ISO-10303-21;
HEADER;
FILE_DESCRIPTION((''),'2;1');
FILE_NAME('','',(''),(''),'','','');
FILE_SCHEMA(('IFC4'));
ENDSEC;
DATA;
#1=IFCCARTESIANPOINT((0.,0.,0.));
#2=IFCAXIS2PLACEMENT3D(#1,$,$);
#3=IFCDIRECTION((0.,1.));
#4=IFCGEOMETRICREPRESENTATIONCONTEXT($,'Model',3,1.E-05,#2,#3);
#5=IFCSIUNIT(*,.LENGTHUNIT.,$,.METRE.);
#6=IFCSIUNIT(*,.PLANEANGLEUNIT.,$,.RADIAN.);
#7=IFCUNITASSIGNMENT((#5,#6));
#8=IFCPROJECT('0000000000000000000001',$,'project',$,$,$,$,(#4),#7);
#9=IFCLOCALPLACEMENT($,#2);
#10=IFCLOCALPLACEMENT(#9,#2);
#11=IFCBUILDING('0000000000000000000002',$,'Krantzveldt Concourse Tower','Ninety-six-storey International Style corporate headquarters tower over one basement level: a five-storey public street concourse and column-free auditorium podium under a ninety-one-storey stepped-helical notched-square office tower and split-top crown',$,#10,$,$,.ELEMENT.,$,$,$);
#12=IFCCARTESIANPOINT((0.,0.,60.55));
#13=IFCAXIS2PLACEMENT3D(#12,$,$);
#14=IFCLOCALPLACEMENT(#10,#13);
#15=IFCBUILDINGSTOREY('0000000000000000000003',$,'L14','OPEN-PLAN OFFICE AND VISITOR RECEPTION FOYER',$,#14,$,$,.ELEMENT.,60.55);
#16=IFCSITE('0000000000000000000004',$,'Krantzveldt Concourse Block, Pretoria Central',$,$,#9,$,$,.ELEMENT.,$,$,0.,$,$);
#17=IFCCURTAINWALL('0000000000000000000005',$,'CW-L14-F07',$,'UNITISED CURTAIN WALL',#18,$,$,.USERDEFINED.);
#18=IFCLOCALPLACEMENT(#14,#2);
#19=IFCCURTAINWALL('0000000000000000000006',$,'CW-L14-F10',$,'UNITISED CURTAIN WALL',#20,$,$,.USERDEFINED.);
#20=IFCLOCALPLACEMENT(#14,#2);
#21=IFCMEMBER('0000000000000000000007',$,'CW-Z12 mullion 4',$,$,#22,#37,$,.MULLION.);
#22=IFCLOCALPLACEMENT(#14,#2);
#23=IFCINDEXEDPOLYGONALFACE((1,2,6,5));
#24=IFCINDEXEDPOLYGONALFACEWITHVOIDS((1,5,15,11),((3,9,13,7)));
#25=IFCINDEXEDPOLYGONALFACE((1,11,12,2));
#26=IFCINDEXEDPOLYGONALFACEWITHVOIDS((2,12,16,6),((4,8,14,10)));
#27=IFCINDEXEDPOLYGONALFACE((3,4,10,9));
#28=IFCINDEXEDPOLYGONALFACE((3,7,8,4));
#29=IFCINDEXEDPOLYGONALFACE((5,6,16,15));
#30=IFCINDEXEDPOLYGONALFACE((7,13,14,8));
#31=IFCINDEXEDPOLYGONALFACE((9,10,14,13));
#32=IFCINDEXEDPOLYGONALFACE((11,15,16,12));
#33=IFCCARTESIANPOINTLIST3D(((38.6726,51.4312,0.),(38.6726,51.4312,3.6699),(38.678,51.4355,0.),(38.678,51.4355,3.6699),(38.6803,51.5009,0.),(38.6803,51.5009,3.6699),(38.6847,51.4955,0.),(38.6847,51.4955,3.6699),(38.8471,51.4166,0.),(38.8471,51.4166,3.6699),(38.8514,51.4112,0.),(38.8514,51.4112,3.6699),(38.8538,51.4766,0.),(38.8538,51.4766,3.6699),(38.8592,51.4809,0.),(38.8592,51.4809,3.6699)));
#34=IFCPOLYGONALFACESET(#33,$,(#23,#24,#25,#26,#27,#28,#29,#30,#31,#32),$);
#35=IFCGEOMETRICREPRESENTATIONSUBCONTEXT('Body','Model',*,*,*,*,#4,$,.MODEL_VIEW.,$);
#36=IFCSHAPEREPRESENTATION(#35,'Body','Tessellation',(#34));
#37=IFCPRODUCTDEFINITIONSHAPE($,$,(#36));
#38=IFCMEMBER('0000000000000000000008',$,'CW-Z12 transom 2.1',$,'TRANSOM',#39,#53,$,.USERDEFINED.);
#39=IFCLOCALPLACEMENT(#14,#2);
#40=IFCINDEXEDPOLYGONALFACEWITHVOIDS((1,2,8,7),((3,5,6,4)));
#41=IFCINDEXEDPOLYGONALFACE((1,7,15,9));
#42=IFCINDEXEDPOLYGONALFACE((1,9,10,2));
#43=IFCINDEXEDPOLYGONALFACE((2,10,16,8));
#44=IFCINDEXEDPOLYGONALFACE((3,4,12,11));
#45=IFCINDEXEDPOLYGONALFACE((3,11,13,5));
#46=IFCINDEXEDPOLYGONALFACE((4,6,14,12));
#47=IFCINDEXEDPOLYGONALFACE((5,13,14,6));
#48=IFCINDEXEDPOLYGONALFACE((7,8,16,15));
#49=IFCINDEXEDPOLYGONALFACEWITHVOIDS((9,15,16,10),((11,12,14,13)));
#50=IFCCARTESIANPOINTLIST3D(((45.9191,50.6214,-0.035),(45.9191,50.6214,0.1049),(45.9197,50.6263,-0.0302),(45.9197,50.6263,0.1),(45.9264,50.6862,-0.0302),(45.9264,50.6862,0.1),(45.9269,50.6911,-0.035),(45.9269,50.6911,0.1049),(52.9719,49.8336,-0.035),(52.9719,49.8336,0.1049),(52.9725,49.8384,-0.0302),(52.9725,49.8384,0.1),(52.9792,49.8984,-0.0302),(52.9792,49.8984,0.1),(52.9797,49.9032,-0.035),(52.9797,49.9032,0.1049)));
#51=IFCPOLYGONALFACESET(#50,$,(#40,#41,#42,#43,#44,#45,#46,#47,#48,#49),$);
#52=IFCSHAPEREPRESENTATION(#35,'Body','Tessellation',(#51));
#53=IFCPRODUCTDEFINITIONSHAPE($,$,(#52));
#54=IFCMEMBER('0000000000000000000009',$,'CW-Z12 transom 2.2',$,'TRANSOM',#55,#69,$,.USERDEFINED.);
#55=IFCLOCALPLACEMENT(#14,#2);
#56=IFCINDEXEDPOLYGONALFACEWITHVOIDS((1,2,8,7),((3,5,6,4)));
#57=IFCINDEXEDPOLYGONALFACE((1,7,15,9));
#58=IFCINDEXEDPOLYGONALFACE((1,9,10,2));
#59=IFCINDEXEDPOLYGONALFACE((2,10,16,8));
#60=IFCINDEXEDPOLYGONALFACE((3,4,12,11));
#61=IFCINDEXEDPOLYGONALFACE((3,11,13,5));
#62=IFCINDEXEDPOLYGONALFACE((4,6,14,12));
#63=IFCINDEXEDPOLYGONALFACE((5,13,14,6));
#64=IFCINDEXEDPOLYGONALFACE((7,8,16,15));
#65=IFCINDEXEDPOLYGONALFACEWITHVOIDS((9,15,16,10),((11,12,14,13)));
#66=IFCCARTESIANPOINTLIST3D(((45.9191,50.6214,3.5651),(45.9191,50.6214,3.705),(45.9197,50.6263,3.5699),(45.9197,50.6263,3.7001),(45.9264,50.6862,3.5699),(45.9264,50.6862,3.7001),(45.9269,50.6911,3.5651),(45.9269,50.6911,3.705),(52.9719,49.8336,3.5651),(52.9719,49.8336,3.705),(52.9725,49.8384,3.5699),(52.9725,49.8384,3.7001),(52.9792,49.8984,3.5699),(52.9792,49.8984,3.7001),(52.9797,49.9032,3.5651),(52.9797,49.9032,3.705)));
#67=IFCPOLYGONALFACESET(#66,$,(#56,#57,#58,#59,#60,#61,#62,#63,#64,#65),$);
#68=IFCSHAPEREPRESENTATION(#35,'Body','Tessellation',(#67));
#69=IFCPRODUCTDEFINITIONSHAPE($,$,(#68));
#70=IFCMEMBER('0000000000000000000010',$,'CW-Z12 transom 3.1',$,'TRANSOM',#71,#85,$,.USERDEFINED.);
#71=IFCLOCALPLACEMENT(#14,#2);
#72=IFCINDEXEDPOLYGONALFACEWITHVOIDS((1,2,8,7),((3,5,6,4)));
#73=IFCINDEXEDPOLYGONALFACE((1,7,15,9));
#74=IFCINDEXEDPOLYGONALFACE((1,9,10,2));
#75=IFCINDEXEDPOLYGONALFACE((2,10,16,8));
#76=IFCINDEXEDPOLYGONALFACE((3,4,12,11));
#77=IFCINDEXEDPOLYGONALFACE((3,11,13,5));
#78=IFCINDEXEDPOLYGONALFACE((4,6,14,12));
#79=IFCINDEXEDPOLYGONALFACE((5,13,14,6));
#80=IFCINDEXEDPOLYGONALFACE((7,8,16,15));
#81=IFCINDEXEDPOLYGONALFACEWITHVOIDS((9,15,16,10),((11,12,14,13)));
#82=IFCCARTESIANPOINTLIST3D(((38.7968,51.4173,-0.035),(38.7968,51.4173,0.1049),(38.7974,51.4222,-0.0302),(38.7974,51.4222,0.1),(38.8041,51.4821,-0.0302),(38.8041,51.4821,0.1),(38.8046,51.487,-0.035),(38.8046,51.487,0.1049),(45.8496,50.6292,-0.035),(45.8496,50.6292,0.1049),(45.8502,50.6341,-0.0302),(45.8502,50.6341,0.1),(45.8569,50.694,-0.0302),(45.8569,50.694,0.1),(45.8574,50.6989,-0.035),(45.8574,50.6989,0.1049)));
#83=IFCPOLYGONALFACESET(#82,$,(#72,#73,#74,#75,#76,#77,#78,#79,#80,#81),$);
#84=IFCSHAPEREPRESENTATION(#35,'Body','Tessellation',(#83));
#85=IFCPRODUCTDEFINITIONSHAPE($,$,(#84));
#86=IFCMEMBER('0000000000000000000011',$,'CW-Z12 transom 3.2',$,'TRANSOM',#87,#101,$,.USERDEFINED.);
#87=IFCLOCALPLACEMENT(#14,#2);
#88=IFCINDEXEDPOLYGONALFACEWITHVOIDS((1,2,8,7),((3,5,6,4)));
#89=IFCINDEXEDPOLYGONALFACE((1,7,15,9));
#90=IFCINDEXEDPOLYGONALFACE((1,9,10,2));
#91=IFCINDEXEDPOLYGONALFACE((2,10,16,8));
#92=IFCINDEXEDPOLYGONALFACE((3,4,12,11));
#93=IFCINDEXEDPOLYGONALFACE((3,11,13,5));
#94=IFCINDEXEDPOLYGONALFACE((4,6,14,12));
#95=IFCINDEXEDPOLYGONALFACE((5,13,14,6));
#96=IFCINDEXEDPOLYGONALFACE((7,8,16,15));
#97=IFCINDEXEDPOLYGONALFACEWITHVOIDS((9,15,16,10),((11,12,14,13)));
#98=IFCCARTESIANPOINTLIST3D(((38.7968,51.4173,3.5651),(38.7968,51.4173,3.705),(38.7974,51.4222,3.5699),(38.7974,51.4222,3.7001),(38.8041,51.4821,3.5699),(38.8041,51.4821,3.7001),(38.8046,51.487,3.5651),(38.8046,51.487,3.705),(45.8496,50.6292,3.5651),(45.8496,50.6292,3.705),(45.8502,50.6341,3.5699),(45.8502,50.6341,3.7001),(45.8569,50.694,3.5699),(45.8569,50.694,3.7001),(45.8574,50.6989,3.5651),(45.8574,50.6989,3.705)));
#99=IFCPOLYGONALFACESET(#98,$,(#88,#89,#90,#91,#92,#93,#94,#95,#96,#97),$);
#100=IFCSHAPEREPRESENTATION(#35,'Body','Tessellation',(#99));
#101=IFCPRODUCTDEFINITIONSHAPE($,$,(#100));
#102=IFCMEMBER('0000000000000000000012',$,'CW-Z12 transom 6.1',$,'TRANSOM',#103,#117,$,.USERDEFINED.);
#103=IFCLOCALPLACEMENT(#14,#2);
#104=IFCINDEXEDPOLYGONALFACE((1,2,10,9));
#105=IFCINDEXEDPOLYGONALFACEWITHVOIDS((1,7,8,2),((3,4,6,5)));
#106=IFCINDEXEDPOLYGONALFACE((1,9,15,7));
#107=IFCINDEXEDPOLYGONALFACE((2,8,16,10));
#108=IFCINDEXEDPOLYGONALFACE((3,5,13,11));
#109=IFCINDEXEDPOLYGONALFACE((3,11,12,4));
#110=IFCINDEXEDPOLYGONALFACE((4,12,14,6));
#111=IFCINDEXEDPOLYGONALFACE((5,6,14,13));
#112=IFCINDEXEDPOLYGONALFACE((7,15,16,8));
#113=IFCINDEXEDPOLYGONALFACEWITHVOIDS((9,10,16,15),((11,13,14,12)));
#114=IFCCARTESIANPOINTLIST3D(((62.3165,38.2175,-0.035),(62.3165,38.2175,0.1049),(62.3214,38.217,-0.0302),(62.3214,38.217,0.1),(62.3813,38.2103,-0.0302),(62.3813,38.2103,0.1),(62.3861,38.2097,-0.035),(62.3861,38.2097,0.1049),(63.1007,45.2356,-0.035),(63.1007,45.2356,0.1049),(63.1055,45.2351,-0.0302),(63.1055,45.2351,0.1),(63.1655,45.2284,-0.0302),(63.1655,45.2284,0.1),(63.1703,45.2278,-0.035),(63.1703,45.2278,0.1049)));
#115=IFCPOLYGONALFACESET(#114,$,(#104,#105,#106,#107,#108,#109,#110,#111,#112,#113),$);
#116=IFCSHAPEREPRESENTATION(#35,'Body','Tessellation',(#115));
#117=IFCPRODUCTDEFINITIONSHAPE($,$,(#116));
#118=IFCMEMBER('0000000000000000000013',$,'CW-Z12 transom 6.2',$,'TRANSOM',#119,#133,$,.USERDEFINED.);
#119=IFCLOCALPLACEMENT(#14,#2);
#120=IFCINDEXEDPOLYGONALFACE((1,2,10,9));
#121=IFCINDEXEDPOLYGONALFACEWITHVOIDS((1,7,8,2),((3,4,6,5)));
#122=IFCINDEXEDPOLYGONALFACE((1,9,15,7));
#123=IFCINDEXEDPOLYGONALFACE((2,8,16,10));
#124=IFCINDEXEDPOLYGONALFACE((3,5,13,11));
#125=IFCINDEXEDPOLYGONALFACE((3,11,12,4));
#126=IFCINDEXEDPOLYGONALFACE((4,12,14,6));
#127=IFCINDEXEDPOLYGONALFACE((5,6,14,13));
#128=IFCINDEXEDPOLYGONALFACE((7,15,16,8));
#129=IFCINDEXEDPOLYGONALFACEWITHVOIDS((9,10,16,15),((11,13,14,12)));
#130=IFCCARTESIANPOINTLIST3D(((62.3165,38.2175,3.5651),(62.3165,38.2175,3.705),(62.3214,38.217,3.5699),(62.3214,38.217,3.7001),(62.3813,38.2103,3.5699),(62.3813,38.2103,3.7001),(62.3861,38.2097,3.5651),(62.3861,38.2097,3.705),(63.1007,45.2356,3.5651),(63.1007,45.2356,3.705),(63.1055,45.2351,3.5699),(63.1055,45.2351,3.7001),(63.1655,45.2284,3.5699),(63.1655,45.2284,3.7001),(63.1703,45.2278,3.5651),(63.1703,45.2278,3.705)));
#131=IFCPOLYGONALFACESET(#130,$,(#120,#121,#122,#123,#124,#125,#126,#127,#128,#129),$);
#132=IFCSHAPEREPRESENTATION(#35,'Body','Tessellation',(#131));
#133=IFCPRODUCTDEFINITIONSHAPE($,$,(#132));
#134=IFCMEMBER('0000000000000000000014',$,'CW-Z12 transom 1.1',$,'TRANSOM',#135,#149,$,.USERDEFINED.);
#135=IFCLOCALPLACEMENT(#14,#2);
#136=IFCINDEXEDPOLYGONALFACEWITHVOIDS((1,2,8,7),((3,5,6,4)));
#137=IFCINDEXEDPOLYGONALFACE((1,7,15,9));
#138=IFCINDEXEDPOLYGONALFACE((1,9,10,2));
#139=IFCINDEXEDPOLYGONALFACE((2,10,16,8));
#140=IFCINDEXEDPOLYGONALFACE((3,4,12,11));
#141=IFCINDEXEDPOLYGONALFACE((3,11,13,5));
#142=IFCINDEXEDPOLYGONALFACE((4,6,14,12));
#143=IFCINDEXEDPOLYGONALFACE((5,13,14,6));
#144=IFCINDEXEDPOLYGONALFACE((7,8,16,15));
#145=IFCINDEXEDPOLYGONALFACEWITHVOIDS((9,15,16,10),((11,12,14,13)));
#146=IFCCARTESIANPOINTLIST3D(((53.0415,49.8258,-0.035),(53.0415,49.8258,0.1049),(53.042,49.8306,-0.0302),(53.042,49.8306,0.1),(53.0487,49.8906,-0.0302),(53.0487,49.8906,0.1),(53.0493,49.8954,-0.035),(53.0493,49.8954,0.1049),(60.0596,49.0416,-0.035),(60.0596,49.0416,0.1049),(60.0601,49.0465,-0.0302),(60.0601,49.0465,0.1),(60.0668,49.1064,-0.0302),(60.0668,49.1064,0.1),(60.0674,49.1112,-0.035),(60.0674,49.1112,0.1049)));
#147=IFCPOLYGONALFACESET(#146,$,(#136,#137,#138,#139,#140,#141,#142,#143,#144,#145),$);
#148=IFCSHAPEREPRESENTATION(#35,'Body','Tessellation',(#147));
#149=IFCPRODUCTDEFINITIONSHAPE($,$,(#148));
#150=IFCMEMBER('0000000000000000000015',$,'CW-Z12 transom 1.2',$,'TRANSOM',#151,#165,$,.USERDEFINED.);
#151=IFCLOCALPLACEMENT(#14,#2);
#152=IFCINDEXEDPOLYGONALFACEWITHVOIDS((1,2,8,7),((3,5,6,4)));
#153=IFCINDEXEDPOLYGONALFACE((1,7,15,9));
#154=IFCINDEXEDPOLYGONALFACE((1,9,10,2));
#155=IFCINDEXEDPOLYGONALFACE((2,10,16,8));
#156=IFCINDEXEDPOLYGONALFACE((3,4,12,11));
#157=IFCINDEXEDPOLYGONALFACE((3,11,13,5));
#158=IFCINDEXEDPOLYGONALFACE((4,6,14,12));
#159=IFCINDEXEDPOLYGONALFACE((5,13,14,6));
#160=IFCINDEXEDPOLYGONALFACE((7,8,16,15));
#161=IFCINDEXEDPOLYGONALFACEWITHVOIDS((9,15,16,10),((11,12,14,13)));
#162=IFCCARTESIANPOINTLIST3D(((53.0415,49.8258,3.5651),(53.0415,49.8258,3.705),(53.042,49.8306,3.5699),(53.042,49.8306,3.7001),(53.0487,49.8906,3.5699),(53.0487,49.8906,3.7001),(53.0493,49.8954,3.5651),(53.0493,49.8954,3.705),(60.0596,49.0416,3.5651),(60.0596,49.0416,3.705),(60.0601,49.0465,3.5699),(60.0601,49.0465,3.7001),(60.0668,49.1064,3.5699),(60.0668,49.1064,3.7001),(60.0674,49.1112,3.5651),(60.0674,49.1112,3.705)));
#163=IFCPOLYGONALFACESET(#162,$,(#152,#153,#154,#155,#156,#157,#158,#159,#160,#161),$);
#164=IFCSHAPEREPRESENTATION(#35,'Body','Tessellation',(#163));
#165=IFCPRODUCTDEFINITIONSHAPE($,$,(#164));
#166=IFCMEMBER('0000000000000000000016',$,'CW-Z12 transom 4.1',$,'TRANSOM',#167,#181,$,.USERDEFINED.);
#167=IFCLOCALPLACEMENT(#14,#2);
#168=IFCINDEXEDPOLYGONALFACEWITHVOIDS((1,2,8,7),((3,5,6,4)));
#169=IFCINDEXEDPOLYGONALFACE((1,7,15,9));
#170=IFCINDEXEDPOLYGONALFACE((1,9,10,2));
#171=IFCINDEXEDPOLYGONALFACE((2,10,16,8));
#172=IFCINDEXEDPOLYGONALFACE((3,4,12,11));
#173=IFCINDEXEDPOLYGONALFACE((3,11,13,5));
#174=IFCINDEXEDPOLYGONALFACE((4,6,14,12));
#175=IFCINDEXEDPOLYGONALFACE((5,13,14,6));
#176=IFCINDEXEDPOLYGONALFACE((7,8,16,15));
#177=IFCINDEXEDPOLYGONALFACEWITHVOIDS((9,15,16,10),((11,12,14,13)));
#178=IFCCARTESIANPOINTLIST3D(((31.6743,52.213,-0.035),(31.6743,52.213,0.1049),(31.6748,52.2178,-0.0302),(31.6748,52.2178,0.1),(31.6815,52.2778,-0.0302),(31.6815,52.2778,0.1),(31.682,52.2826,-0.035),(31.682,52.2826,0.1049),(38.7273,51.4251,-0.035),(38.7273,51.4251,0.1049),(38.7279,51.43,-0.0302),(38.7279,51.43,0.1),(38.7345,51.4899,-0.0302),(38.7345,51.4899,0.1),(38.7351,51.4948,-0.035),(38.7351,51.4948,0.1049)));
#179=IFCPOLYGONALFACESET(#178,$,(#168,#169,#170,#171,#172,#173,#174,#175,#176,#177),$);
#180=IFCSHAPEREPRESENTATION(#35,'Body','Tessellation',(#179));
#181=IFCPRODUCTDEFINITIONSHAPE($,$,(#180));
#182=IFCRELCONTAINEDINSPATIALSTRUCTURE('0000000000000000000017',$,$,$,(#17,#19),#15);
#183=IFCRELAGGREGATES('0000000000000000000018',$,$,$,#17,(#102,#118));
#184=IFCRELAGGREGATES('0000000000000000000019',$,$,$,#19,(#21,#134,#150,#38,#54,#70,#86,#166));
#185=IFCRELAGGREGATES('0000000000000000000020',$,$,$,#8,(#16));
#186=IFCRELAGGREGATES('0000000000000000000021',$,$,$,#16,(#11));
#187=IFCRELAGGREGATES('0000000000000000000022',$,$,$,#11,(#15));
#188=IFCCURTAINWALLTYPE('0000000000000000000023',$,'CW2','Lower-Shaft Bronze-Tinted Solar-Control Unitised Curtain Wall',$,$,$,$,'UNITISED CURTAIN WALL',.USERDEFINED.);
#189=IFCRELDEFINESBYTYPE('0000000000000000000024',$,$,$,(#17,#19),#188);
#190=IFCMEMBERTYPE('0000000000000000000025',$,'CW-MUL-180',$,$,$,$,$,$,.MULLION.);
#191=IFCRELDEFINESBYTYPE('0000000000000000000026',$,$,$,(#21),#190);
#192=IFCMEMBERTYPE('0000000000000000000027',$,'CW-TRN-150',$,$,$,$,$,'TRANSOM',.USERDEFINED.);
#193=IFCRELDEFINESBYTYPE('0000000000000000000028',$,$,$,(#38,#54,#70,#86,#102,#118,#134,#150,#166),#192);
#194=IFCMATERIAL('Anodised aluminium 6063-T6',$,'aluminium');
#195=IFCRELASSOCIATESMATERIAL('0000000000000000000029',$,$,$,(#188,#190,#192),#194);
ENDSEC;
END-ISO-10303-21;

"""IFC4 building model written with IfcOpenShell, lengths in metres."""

from ifc_helpers import new_model, si_unit, direction, frame, origin, origin_2d, place, context, subcontext, project, spatial, hollow_rectangle, extrude, source, transform, mapped, material, material_profile, profile_set, type_object, type_shapes, element, aggregate, save


model = new_model("IFC4")

# Units and contexts
model_context = context("Model", 3, precision=1e-05, world=origin(), true_north=direction((0.0, 1.0)))
body_context = subcontext(model_context, "Body", "Model", "MODEL_VIEW")
ifc_project = project(units=[si_unit("LENGTHUNIT", "METRE"), si_unit("PLANEANGLEUNIT", "RADIAN")], contexts=[model_context])

# Site, building, storey
site_placement = place(None, origin())
site = spatial("IfcSite", under=ifc_project, at=site_placement, Name="Krantzveldt Concourse Block, Pretoria Central", CompositionType="ELEMENT", RefElevation=0.0)
building_placement = place(site_placement, origin())
building = spatial("IfcBuilding", under=site, at=building_placement, Name="Krantzveldt Concourse Tower", Description="Ninety-six-storey International Style corporate headquarters tower over one basement level: a five-storey public street concourse and column-free auditorium podium under a ninety-one-storey stepped-helical notched-square office tower and split-top crown", CompositionType="ELEMENT")
storey_placement = place(building_placement, frame((0.0, 0.0, 60.55)))
storey = spatial("IfcBuildingStorey", under=building, at=storey_placement, Name="L14", Description="OPEN-PLAN OFFICE AND VISITOR RECEPTION FOYER", CompositionType="ELEMENT", Elevation=60.55)

# Curtain walls, members
ifc_material_1 = material(Name="Anodised aluminium 6063-T6", Category="aluminium")
curtain_wall_type = type_object("IfcCurtainWallType", Name="CW2", Description="Lower-Shaft Bronze-Tinted Solar-Control Unitised Curtain Wall", ElementType="UNITISED CURTAIN WALL", PredefinedType="USERDEFINED", material=ifc_material_1)
curtain_wall_1_placement = place(storey_placement, origin())
curtain_wall_1 = element("IfcCurtainWall", 1, at=curtain_wall_1_placement, inside=storey, type_object=curtain_wall_type, Name="CW-L14-F07", ObjectType="UNITISED CURTAIN WALL", PredefinedType="USERDEFINED")
ifc_material_profile_1 = material_profile(ifc_material_1, hollow_rectangle(XDim=0.0701, YDim=0.1799, WallThickness=0.0049, at=origin_2d()), Name="Anodised aluminium 6063-T6", Category="aluminium")
ifc_profile_set_1 = profile_set([ifc_material_profile_1], Name="Anodised aluminium 6063-T6 - ALU-MULL 180x70x5")
member_type_1 = type_object("IfcMemberType", Name="CW-MUL-180", PredefinedType="MULLION", material=ifc_profile_set_1)
shared_shape_1 = source(origin(), body_context, "Body", "SweptSolid", [
    extrude(hollow_rectangle(XDim=0.0701, YDim=0.1799, WallThickness=0.0049, at=origin_2d()), origin(), (0.0, 0.0, 1.0), 3.6699),
])
type_shapes(member_type_1, [shared_shape_1])
curtain_wall_2_placement = place(storey_placement, origin())
curtain_wall_2 = element("IfcCurtainWall", 2, at=curtain_wall_2_placement, inside=storey, type_object=curtain_wall_type, Name="CW-L14-F10", ObjectType="UNITISED CURTAIN WALL", PredefinedType="USERDEFINED")
member_1_placement = place(storey_placement, frame((38.7659, 51.4561, 0.0), z_axis=(0.0, 0.0, 1.0), x_axis=(-0.111035, -0.993816, 0.0)))
member_1 = element("IfcMember", 3, at=member_1_placement, type_object=member_type_1, Name="CW-Z12 mullion 4", PredefinedType="MULLION", context=body_context, shape_type="MappedRepresentation", body=[
    mapped(shared_shape_1, transform((0.0, 0.0, 0.0), x_axis=(1.0, 0.0, 0.0), y_axis=(0.0, 1.0, 0.0), z_axis=(0.0, 0.0, 1.0), scale=1.0)),
])
ifc_material_profile_2 = material_profile(ifc_material_1, hollow_rectangle(XDim=0.0701, YDim=0.1399, WallThickness=0.0049, at=origin_2d()), Name="Anodised aluminium 6063-T6", Category="aluminium")
ifc_profile_set_2 = profile_set([ifc_material_profile_2], Name="Anodised aluminium 6063-T6 - ALU-TRAN 140x70x5")
member_type_2 = type_object("IfcMemberType", Name="CW-TRN-150", ElementType="TRANSOM", PredefinedType="USERDEFINED", material=ifc_profile_set_2)
shared_shape_2 = source(origin(), body_context, "Body", "SweptSolid", [
    extrude(hollow_rectangle(XDim=0.0701, YDim=0.1399, WallThickness=0.0049, at=origin_2d()), origin(), (0.0, 0.0, 1.0), 7.0967),
])
member_2_placement = place(storey_placement, frame((52.9758, 49.8684, 0.0349), z_axis=(-0.993819, 0.111017, 0.0), x_axis=(-0.111017, -0.993819, 0.0)))
member_2 = element("IfcMember", 4, at=member_2_placement, type_object=member_type_2, Name="CW-Z12 transom 2.1", ObjectType="TRANSOM", PredefinedType="USERDEFINED", context=body_context, shape_type="MappedRepresentation", body=[
    mapped(shared_shape_2, transform((0.0, 0.0, 0.0), x_axis=(1.0, 0.0, 0.0), y_axis=(0.0, 1.0, 0.0), z_axis=(0.0, 0.0, 1.0), scale=1.0)),
])
member_3_placement = place(storey_placement, frame((52.9758, 49.8684, 3.635), z_axis=(-0.993819, 0.111017, 0.0), x_axis=(-0.111017, -0.993819, 0.0)))
member_3 = element("IfcMember", 5, at=member_3_placement, type_object=member_type_2, Name="CW-Z12 transom 2.2", ObjectType="TRANSOM", PredefinedType="USERDEFINED", context=body_context, shape_type="MappedRepresentation", body=[
    mapped(shared_shape_2, transform((0.0, 0.0, 0.0), x_axis=(1.0, 0.0, 0.0), y_axis=(0.0, 1.0, 0.0), z_axis=(0.0, 0.0, 1.0), scale=1.0)),
])
member_4_placement = place(storey_placement, frame((45.8535, 50.6641, 0.0349), z_axis=(-0.993815, 0.111051, 0.0), x_axis=(-0.111051, -0.993815, 0.0)))
member_4 = element("IfcMember", 6, at=member_4_placement, type_object=member_type_2, Name="CW-Z12 transom 3.1", ObjectType="TRANSOM", PredefinedType="USERDEFINED", context=body_context, shape_type="MappedRepresentation", body=[
    mapped(shared_shape_2, transform((0.0, 0.0, 0.0), x_axis=(1.0, 0.0, 0.0), y_axis=(0.0, 1.0, 0.0), z_axis=(0.0, 0.0, 1.0), scale=1.0)),
])
member_5_placement = place(storey_placement, frame((45.8535, 50.6641, 3.635), z_axis=(-0.993815, 0.111051, 0.0), x_axis=(-0.111051, -0.993815, 0.0)))
member_5 = element("IfcMember", 7, at=member_5_placement, type_object=member_type_2, Name="CW-Z12 transom 3.2", ObjectType="TRANSOM", PredefinedType="USERDEFINED", context=body_context, shape_type="MappedRepresentation", body=[
    mapped(shared_shape_2, transform((0.0, 0.0, 0.0), x_axis=(1.0, 0.0, 0.0), y_axis=(0.0, 1.0, 0.0), z_axis=(0.0, 0.0, 1.0), scale=1.0)),
])

# Members
shared_shape_3 = source(origin(), body_context, "Body", "SweptSolid", [
    extrude(hollow_rectangle(XDim=0.0701, YDim=0.1399, WallThickness=0.0049, at=origin_2d()), origin(), (0.0, 0.0, 1.0), 7.0618),
])
member_6_placement = place(storey_placement, frame((62.3513, 38.2136, 0.0349), z_axis=(0.111046, 0.993815, 0.0), x_axis=(-0.993815, 0.111046, 0.0)))
member_6 = element("IfcMember", 8, at=member_6_placement, type_object=member_type_2, Name="CW-Z12 transom 6.1", ObjectType="TRANSOM", PredefinedType="USERDEFINED", context=body_context, shape_type="MappedRepresentation", body=[
    mapped(shared_shape_3, transform((0.0, 0.0, 0.0), x_axis=(1.0, 0.0, 0.0), y_axis=(0.0, 1.0, 0.0), z_axis=(0.0, 0.0, 1.0), scale=1.0)),
])
member_7_placement = place(storey_placement, frame((62.3513, 38.2136, 3.635), z_axis=(0.111046, 0.993815, 0.0), x_axis=(-0.993815, 0.111046, 0.0)))
member_7 = element("IfcMember", 9, at=member_7_placement, type_object=member_type_2, Name="CW-Z12 transom 6.2", ObjectType="TRANSOM", PredefinedType="USERDEFINED", context=body_context, shape_type="MappedRepresentation", body=[
    mapped(shared_shape_3, transform((0.0, 0.0, 0.0), x_axis=(1.0, 0.0, 0.0), y_axis=(0.0, 1.0, 0.0), z_axis=(0.0, 0.0, 1.0), scale=1.0)),
])
member_8_placement = place(storey_placement, frame((60.0635, 49.0764, 0.0349), z_axis=(-0.993815, 0.111046, 0.0), x_axis=(-0.111046, -0.993815, 0.0)))
member_8 = element("IfcMember", 10, at=member_8_placement, type_object=member_type_2, Name="CW-Z12 transom 1.1", ObjectType="TRANSOM", PredefinedType="USERDEFINED", context=body_context, shape_type="MappedRepresentation", body=[
    mapped(shared_shape_3, transform((0.0, 0.0, 0.0), x_axis=(1.0, 0.0, 0.0), y_axis=(0.0, 1.0, 0.0), z_axis=(0.0, 0.0, 1.0), scale=1.0)),
])
member_9_placement = place(storey_placement, frame((60.0635, 49.0764, 3.635), z_axis=(-0.993815, 0.111046, 0.0), x_axis=(-0.111046, -0.993815, 0.0)))
member_9 = element("IfcMember", 11, at=member_9_placement, type_object=member_type_2, Name="CW-Z12 transom 1.2", ObjectType="TRANSOM", PredefinedType="USERDEFINED", context=body_context, shape_type="MappedRepresentation", body=[
    mapped(shared_shape_3, transform((0.0, 0.0, 0.0), x_axis=(1.0, 0.0, 0.0), y_axis=(0.0, 1.0, 0.0), z_axis=(0.0, 0.0, 1.0), scale=1.0)),
])
shared_shape_4 = source(origin(), body_context, "Body", "SweptSolid", [
    extrude(hollow_rectangle(XDim=0.0701, YDim=0.1399, WallThickness=0.0049, at=origin_2d()), origin(), (0.0, 0.0, 1.0), 7.0969),
])
type_shapes(member_type_2, [shared_shape_2, shared_shape_3, shared_shape_4])
member_10_placement = place(storey_placement, frame((38.7312, 51.46, 0.0349), z_axis=(-0.993819, 0.111013, 0.0), x_axis=(-0.111013, -0.993819, 0.0)))
member_10 = element("IfcMember", 12, at=member_10_placement, type_object=member_type_2, Name="CW-Z12 transom 4.1", ObjectType="TRANSOM", PredefinedType="USERDEFINED", context=body_context, shape_type="MappedRepresentation", body=[
    mapped(shared_shape_4, transform((0.0, 0.0, 0.0), x_axis=(1.0, 0.0, 0.0), y_axis=(0.0, 1.0, 0.0), z_axis=(0.0, 0.0, 1.0), scale=1.0)),
])

aggregate(curtain_wall_1, [member_6, member_7])
aggregate(curtain_wall_2, [member_1, member_8, member_9, member_2, member_3, member_4, member_5, member_10])

save(model, "model.ifc")
